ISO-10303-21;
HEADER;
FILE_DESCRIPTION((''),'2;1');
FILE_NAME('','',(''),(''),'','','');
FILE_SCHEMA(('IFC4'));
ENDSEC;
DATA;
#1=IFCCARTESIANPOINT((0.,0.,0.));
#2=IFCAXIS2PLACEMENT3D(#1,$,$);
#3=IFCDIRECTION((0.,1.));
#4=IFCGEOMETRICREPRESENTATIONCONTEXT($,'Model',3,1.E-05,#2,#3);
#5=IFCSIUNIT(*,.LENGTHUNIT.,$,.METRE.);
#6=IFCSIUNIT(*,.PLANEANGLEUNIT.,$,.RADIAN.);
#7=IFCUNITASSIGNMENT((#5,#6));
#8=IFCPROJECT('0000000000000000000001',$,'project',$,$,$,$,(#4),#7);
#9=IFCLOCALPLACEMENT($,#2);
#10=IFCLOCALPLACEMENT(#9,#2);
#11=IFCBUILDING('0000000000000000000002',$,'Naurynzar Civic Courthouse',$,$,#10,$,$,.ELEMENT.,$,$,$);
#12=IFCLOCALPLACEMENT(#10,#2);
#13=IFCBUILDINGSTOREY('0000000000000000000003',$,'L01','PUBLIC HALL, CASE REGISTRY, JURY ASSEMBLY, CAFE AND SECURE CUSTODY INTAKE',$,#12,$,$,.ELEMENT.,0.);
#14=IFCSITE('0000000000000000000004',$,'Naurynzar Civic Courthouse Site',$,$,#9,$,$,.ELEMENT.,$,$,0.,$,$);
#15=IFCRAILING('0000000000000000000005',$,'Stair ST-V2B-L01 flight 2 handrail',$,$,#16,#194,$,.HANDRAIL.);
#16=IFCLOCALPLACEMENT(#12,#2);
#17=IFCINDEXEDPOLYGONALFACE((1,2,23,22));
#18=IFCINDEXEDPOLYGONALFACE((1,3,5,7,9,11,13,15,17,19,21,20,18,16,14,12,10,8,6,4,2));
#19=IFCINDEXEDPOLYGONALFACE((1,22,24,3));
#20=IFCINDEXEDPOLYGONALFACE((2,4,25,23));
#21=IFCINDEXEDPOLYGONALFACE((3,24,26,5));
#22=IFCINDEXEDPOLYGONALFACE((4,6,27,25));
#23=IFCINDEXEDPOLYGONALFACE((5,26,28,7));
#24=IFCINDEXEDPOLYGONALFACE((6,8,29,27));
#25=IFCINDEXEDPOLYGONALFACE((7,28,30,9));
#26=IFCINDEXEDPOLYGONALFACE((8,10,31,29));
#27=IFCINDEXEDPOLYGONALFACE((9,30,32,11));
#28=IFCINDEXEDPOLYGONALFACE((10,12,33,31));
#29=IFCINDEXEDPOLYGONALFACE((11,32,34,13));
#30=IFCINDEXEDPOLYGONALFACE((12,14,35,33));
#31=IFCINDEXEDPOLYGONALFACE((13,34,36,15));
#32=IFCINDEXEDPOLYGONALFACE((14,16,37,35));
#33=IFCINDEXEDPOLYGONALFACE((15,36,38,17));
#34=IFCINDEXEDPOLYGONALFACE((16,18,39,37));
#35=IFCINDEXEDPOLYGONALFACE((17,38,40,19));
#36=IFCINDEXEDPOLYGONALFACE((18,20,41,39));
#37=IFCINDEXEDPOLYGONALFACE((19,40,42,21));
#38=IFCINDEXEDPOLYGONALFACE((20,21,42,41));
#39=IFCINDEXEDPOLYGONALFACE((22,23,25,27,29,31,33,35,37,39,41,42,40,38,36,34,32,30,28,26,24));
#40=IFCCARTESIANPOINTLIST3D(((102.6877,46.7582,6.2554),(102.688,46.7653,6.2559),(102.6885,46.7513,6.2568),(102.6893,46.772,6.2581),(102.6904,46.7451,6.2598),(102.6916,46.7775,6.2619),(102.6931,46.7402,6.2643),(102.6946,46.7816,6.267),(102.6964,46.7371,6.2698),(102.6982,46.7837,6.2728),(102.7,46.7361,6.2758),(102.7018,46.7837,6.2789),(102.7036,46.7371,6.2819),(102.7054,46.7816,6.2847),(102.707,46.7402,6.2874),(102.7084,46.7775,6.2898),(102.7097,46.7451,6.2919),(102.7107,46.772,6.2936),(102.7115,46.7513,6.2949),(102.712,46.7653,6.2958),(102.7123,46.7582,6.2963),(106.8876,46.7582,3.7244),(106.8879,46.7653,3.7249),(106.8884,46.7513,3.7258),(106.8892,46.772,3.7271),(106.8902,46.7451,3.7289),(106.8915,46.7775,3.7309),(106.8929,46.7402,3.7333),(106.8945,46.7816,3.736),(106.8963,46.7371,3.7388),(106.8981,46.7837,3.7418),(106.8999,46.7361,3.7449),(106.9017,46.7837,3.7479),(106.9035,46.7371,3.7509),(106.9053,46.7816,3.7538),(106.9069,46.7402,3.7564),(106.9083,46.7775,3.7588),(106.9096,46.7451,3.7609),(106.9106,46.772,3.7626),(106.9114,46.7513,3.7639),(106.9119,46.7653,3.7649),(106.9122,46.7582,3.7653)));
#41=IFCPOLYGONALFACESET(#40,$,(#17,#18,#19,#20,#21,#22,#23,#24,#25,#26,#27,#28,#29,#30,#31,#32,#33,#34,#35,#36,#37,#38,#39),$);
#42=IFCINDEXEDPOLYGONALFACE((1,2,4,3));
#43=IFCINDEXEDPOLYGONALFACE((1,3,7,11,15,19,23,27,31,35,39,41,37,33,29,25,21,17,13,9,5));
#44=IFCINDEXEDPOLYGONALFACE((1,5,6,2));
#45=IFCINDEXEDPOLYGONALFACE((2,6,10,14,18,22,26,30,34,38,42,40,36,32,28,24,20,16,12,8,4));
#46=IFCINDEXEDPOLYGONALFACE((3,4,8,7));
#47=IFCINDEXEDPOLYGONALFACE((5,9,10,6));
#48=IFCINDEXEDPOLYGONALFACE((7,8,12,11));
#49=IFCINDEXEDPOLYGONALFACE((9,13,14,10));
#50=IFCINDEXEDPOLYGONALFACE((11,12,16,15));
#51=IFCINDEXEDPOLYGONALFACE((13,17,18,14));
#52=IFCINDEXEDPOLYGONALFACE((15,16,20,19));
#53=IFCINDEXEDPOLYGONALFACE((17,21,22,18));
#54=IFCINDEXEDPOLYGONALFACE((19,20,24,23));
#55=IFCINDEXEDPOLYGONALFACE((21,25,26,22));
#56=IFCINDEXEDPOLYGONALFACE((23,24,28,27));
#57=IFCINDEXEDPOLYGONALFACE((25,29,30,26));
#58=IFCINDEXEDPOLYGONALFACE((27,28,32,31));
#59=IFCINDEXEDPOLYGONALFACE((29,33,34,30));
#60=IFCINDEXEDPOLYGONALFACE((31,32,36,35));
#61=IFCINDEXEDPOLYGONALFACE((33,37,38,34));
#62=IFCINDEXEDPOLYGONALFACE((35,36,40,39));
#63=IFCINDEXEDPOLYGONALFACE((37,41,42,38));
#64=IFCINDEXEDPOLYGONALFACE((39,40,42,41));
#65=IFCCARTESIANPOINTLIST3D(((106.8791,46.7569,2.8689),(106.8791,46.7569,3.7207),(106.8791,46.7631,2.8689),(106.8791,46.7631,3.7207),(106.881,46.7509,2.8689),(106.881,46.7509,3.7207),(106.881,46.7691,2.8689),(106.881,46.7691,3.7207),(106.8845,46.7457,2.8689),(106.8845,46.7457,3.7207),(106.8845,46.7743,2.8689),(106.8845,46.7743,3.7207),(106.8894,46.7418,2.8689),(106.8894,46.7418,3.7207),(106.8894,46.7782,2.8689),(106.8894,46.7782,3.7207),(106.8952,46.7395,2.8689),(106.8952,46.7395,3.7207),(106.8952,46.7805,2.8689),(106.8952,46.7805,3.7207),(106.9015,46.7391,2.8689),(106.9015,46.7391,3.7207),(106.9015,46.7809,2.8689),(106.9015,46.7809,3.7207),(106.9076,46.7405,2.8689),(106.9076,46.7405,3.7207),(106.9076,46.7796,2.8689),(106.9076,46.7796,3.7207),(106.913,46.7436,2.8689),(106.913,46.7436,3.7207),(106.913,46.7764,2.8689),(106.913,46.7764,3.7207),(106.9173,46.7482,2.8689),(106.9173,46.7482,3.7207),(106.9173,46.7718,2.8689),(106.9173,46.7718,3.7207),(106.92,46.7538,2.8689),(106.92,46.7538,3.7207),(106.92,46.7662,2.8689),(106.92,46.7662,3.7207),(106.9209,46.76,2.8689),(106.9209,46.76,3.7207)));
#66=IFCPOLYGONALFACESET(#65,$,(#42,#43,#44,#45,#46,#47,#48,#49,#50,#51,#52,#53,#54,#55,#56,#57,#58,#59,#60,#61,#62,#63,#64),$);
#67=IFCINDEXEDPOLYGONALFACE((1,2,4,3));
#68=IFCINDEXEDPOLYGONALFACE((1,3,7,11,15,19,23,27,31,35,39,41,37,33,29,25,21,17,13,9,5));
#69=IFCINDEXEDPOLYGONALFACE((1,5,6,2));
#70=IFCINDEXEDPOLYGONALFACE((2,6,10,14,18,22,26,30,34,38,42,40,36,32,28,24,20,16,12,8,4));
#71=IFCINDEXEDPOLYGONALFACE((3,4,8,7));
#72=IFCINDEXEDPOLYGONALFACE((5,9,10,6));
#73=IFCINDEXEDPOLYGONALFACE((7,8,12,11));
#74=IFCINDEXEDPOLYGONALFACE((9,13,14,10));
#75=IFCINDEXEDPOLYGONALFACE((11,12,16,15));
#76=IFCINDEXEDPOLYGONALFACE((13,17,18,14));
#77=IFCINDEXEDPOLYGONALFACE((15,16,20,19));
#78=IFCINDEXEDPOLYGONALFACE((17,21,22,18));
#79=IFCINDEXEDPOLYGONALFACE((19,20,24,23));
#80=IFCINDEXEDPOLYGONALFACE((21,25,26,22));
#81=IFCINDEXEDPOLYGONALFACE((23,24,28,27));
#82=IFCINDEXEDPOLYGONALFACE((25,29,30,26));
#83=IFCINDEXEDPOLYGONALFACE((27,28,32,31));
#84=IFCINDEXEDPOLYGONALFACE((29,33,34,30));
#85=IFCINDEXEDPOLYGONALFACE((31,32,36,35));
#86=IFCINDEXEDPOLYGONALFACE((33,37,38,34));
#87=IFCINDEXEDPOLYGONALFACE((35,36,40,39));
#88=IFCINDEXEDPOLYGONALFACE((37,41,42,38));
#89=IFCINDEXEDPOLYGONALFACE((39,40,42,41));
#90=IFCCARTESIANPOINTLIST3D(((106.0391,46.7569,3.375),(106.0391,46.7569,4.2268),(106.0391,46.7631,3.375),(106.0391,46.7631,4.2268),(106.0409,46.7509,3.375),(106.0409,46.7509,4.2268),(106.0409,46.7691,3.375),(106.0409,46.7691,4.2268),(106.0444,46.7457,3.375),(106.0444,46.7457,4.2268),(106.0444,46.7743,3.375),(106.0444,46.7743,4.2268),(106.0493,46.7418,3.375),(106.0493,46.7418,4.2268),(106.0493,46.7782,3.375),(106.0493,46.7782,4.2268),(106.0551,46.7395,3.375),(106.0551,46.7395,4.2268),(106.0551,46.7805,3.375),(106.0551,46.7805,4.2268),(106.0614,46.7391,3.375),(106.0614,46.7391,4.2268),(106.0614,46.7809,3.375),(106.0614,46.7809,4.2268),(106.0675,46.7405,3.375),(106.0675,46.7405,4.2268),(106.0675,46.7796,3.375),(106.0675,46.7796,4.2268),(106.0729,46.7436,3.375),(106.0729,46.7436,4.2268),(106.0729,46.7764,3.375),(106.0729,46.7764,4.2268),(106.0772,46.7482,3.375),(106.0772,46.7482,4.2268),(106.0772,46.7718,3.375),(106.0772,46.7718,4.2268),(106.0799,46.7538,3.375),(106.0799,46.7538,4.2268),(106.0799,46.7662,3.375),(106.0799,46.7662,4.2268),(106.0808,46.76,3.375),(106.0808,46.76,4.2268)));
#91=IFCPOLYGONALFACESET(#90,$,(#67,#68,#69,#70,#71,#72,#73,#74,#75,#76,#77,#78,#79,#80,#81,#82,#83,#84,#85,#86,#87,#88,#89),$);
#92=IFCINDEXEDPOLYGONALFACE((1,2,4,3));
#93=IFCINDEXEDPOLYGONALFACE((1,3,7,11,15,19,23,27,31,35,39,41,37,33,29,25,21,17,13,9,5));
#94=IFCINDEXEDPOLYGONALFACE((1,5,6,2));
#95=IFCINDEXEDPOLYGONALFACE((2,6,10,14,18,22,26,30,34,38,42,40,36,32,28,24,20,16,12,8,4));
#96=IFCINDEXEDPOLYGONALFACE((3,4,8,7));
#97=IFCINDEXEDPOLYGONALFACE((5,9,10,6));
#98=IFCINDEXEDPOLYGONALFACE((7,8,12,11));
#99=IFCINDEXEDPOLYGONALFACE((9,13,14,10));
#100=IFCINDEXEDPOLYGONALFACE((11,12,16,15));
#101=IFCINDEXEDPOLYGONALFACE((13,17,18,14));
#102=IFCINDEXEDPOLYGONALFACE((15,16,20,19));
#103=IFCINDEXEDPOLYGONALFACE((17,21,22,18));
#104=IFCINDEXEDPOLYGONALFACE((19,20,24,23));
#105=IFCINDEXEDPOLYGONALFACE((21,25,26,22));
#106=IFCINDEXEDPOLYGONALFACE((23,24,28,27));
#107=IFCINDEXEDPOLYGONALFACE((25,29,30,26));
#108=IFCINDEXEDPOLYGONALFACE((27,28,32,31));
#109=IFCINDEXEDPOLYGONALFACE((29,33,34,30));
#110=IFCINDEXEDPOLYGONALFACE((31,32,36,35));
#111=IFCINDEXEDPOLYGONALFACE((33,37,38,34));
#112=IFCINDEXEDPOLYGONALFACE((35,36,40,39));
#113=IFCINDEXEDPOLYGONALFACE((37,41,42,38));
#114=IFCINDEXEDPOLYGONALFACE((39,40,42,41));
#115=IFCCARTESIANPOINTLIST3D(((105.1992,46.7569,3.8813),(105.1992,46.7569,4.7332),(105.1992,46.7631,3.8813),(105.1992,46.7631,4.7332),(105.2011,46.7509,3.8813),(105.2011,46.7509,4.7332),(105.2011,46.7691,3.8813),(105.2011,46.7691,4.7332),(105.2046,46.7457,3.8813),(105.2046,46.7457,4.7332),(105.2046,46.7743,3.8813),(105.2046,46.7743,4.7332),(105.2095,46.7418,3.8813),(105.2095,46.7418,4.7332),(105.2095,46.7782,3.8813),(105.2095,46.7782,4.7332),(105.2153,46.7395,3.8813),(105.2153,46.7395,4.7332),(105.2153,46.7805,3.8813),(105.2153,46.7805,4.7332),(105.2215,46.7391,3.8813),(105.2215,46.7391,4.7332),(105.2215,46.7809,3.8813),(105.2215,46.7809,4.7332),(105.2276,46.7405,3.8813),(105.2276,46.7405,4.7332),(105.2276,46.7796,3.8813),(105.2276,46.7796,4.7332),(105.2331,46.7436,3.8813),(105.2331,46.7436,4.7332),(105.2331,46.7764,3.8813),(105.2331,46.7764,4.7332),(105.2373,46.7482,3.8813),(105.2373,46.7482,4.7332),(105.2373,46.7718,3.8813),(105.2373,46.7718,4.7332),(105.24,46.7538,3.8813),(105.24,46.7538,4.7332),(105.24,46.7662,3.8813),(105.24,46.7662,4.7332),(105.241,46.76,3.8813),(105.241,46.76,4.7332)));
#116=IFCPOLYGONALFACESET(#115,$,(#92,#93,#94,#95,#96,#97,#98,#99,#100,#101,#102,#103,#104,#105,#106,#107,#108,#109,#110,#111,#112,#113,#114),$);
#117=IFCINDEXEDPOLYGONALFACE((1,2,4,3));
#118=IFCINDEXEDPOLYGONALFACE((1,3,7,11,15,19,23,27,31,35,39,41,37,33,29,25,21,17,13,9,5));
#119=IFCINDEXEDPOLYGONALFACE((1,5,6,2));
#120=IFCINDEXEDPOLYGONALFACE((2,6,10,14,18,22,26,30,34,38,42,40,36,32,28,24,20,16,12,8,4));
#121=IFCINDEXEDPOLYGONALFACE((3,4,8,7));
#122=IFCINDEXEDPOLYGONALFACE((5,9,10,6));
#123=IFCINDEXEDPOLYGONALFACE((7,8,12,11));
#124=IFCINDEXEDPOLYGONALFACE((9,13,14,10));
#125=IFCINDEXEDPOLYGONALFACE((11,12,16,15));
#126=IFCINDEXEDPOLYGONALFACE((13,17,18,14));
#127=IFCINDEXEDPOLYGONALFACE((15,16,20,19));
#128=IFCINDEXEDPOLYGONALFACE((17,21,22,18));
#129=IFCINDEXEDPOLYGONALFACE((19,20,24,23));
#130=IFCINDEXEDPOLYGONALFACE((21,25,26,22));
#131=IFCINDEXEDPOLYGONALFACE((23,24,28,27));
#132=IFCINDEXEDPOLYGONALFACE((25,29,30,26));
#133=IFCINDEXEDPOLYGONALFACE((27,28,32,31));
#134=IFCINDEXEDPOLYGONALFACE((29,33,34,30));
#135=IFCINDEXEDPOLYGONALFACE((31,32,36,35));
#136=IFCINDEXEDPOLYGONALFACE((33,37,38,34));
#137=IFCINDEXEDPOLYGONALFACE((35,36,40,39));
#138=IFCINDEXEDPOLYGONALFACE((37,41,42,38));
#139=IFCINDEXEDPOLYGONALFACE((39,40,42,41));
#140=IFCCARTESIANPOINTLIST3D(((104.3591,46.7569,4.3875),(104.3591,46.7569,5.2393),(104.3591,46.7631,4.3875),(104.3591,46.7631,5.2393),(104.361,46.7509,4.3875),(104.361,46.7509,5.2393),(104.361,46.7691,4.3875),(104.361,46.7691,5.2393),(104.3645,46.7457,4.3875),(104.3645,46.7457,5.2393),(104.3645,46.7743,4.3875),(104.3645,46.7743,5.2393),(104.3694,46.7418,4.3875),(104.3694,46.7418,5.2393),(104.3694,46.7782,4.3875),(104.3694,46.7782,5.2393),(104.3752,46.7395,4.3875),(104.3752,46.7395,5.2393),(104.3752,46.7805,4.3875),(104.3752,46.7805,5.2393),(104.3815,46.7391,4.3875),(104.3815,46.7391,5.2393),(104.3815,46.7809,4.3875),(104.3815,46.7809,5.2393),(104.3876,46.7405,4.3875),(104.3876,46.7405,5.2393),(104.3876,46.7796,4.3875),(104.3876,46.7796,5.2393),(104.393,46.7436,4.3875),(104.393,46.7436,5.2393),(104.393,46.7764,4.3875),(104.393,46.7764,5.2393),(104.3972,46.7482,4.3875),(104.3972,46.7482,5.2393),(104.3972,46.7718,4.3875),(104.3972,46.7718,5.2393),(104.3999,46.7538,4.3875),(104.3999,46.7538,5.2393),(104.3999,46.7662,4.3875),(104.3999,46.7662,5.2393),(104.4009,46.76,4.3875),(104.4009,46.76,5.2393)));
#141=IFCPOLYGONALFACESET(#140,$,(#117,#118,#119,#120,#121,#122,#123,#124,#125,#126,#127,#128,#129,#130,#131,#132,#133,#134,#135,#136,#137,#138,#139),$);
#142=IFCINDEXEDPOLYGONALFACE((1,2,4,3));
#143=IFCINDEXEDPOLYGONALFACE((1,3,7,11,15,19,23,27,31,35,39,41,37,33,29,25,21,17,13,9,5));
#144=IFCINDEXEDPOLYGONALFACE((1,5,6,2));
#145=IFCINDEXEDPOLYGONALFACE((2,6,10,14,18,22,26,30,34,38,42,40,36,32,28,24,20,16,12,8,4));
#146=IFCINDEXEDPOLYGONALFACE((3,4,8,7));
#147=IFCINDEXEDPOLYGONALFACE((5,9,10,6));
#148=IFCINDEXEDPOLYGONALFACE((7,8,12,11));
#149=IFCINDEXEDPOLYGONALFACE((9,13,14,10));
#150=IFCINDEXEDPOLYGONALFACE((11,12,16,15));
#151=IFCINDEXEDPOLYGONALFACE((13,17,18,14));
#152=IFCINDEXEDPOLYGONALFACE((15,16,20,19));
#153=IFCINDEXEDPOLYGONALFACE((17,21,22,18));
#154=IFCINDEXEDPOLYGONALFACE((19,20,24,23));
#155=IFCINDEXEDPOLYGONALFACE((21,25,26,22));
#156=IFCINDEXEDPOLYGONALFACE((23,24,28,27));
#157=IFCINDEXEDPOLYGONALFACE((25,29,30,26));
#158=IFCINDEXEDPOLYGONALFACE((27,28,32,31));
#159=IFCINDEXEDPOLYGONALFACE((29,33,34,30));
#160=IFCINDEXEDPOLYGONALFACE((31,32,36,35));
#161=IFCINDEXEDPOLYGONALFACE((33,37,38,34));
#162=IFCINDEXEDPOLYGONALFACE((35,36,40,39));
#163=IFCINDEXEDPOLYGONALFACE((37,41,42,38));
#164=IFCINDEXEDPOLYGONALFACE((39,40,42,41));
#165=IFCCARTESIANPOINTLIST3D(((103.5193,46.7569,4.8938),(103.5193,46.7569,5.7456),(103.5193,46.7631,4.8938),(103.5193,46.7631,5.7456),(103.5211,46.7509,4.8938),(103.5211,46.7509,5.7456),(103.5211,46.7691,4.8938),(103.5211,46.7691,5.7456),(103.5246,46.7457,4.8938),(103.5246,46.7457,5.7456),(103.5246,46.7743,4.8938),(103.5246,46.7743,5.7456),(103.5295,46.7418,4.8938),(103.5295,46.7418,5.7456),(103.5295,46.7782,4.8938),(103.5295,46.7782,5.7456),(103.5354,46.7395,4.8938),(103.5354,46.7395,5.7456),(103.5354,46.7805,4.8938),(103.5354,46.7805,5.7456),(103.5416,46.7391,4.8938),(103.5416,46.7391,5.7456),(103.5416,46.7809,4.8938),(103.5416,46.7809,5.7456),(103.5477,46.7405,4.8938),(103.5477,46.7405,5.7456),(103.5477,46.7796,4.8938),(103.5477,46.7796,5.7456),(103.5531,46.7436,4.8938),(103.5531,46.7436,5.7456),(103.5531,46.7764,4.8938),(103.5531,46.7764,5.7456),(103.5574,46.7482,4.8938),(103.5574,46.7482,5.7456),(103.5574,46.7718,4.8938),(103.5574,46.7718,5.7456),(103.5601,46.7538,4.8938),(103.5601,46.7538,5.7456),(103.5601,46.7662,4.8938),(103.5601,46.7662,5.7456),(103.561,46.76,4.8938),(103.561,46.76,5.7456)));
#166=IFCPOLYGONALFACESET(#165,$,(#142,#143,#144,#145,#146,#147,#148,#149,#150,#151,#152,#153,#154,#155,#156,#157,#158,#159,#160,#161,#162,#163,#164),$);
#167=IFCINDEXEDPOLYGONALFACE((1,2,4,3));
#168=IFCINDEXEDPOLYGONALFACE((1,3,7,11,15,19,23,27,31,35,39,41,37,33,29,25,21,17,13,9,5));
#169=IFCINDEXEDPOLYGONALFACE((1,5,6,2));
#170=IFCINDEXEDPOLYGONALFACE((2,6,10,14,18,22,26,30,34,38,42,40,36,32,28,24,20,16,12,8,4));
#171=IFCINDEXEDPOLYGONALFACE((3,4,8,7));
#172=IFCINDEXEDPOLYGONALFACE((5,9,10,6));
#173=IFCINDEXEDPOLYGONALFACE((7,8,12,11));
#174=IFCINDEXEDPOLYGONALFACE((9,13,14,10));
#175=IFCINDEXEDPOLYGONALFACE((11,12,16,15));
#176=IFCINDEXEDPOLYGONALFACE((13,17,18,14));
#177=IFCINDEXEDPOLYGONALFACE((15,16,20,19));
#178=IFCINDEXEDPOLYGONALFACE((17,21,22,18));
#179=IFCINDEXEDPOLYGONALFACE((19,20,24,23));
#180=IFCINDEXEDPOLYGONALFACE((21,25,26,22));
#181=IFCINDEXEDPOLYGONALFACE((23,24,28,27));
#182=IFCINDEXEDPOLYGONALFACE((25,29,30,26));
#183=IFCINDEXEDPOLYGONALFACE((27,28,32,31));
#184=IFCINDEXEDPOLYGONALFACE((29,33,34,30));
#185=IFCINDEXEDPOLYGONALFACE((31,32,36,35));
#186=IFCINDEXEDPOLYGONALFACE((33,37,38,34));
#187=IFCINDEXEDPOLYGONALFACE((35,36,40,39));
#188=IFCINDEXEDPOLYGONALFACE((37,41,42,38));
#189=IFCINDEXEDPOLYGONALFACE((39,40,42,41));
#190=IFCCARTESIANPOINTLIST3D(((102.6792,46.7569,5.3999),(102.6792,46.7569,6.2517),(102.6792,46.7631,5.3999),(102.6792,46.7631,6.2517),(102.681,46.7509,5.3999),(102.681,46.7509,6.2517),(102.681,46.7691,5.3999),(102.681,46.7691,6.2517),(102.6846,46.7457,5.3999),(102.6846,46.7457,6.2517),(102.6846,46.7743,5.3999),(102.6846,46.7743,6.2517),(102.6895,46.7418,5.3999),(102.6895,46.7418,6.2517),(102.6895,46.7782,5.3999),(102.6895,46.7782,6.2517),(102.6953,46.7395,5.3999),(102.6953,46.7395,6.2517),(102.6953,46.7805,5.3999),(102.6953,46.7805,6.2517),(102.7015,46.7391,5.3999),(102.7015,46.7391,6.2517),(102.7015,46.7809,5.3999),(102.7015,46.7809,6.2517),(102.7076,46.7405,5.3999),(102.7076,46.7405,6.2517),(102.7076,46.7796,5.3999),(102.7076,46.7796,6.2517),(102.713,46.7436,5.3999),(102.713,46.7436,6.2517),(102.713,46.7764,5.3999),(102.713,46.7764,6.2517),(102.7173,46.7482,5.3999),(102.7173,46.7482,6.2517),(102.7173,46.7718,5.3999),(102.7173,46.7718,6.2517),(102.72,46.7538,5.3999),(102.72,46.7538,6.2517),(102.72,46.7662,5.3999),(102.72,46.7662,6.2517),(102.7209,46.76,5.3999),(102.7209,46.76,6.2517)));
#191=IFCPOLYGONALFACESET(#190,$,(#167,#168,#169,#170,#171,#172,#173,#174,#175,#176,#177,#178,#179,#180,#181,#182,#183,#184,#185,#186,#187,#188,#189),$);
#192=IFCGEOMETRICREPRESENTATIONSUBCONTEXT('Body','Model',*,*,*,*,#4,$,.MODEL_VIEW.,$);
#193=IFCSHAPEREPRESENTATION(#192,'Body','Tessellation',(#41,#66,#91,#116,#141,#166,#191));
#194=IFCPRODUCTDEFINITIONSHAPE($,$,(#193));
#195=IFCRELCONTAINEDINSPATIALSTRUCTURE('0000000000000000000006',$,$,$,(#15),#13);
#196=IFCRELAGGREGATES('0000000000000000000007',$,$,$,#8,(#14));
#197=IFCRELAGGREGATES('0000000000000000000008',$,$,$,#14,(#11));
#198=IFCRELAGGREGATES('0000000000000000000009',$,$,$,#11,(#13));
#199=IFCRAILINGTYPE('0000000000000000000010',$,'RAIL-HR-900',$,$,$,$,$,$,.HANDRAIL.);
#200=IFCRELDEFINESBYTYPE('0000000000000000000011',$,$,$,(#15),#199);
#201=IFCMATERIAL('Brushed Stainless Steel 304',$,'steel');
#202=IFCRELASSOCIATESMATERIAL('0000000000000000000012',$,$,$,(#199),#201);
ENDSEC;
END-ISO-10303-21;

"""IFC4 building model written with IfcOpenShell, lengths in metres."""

from ifc_helpers import new_model, si_unit, direction, frame, origin, origin_2d, place, context, subcontext, project, spatial, circle, extrude, material, type_object, element, save


model = new_model("IFC4")

# Units and contexts
model_context = context("Model", 3, precision=1e-05, world=origin(), true_north=direction((0.0, 1.0)))
body_context = subcontext(model_context, "Body", "Model", "MODEL_VIEW")
ifc_project = project(units=[si_unit("LENGTHUNIT", "METRE"), si_unit("PLANEANGLEUNIT", "RADIAN")], contexts=[model_context])

# Site, building, storey
site_placement = place(None, origin())
site = spatial("IfcSite", under=ifc_project, at=site_placement, Name="Naurynzar Civic Courthouse Site", CompositionType="ELEMENT", RefElevation=0.0)
building_placement = place(site_placement, origin())
building = spatial("IfcBuilding", under=site, at=building_placement, Name="Naurynzar Civic Courthouse", CompositionType="ELEMENT")
storey_placement = place(building_placement, origin())
storey = spatial("IfcBuildingStorey", under=building, at=storey_placement, Name="L01", Description="PUBLIC HALL, CASE REGISTRY, JURY ASSEMBLY, CAFE AND SECURE CUSTODY INTAKE", CompositionType="ELEMENT", Elevation=0.0)

# Railing
ifc_material_1 = material(Name="Brushed Stainless Steel 304", Category="steel")
railing_type_1 = type_object("IfcRailingType", Name="RAIL-HR-900", PredefinedType="HANDRAIL", material=ifc_material_1)
railing_1_placement = place(storey_placement, frame((106.8999, 46.76, 2.8689)))
element("IfcRailing", 1, at=railing_1_placement, inside=storey, type_object=railing_type_1, Name="Stair ST-V2B-L01 flight 2 handrail", PredefinedType="HANDRAIL", context=body_context, shape_type="SweptSolid", body=[
    extrude(circle(Radius=0.0239, at=origin_2d()), frame((0.0, 0.0, 0.876), z_axis=(-0.856499, 0.0, 0.51615), x_axis=(0.0, -1.0, 0.0)), (0.0, 0.0, 1.0), 4.9036),
    extrude(circle(Radius=0.021, at=origin_2d()), origin(), (0.0, 0.0, 1.0), 0.8518),
    extrude(circle(Radius=0.021, at=origin_2d()), frame((-0.8401, 0.0, 0.5061)), (0.0, 0.0, 1.0), 0.8518),
    extrude(circle(Radius=0.021, at=origin_2d()), frame((-1.6799, 0.0, 1.0125)), (0.0, 0.0, 1.0), 0.8518),
    extrude(circle(Radius=0.021, at=origin_2d()), frame((-2.52, 0.0, 1.5186)), (0.0, 0.0, 1.0), 0.8518),
    extrude(circle(Radius=0.021, at=origin_2d()), frame((-3.3599, 0.0, 2.0249)), (0.0, 0.0, 1.0), 0.8518),
    extrude(circle(Radius=0.021, at=origin_2d()), frame((-4.2, 0.0, 2.531)), (0.0, 0.0, 1.0), 0.8518),
])

save(model, "model.ifc")
